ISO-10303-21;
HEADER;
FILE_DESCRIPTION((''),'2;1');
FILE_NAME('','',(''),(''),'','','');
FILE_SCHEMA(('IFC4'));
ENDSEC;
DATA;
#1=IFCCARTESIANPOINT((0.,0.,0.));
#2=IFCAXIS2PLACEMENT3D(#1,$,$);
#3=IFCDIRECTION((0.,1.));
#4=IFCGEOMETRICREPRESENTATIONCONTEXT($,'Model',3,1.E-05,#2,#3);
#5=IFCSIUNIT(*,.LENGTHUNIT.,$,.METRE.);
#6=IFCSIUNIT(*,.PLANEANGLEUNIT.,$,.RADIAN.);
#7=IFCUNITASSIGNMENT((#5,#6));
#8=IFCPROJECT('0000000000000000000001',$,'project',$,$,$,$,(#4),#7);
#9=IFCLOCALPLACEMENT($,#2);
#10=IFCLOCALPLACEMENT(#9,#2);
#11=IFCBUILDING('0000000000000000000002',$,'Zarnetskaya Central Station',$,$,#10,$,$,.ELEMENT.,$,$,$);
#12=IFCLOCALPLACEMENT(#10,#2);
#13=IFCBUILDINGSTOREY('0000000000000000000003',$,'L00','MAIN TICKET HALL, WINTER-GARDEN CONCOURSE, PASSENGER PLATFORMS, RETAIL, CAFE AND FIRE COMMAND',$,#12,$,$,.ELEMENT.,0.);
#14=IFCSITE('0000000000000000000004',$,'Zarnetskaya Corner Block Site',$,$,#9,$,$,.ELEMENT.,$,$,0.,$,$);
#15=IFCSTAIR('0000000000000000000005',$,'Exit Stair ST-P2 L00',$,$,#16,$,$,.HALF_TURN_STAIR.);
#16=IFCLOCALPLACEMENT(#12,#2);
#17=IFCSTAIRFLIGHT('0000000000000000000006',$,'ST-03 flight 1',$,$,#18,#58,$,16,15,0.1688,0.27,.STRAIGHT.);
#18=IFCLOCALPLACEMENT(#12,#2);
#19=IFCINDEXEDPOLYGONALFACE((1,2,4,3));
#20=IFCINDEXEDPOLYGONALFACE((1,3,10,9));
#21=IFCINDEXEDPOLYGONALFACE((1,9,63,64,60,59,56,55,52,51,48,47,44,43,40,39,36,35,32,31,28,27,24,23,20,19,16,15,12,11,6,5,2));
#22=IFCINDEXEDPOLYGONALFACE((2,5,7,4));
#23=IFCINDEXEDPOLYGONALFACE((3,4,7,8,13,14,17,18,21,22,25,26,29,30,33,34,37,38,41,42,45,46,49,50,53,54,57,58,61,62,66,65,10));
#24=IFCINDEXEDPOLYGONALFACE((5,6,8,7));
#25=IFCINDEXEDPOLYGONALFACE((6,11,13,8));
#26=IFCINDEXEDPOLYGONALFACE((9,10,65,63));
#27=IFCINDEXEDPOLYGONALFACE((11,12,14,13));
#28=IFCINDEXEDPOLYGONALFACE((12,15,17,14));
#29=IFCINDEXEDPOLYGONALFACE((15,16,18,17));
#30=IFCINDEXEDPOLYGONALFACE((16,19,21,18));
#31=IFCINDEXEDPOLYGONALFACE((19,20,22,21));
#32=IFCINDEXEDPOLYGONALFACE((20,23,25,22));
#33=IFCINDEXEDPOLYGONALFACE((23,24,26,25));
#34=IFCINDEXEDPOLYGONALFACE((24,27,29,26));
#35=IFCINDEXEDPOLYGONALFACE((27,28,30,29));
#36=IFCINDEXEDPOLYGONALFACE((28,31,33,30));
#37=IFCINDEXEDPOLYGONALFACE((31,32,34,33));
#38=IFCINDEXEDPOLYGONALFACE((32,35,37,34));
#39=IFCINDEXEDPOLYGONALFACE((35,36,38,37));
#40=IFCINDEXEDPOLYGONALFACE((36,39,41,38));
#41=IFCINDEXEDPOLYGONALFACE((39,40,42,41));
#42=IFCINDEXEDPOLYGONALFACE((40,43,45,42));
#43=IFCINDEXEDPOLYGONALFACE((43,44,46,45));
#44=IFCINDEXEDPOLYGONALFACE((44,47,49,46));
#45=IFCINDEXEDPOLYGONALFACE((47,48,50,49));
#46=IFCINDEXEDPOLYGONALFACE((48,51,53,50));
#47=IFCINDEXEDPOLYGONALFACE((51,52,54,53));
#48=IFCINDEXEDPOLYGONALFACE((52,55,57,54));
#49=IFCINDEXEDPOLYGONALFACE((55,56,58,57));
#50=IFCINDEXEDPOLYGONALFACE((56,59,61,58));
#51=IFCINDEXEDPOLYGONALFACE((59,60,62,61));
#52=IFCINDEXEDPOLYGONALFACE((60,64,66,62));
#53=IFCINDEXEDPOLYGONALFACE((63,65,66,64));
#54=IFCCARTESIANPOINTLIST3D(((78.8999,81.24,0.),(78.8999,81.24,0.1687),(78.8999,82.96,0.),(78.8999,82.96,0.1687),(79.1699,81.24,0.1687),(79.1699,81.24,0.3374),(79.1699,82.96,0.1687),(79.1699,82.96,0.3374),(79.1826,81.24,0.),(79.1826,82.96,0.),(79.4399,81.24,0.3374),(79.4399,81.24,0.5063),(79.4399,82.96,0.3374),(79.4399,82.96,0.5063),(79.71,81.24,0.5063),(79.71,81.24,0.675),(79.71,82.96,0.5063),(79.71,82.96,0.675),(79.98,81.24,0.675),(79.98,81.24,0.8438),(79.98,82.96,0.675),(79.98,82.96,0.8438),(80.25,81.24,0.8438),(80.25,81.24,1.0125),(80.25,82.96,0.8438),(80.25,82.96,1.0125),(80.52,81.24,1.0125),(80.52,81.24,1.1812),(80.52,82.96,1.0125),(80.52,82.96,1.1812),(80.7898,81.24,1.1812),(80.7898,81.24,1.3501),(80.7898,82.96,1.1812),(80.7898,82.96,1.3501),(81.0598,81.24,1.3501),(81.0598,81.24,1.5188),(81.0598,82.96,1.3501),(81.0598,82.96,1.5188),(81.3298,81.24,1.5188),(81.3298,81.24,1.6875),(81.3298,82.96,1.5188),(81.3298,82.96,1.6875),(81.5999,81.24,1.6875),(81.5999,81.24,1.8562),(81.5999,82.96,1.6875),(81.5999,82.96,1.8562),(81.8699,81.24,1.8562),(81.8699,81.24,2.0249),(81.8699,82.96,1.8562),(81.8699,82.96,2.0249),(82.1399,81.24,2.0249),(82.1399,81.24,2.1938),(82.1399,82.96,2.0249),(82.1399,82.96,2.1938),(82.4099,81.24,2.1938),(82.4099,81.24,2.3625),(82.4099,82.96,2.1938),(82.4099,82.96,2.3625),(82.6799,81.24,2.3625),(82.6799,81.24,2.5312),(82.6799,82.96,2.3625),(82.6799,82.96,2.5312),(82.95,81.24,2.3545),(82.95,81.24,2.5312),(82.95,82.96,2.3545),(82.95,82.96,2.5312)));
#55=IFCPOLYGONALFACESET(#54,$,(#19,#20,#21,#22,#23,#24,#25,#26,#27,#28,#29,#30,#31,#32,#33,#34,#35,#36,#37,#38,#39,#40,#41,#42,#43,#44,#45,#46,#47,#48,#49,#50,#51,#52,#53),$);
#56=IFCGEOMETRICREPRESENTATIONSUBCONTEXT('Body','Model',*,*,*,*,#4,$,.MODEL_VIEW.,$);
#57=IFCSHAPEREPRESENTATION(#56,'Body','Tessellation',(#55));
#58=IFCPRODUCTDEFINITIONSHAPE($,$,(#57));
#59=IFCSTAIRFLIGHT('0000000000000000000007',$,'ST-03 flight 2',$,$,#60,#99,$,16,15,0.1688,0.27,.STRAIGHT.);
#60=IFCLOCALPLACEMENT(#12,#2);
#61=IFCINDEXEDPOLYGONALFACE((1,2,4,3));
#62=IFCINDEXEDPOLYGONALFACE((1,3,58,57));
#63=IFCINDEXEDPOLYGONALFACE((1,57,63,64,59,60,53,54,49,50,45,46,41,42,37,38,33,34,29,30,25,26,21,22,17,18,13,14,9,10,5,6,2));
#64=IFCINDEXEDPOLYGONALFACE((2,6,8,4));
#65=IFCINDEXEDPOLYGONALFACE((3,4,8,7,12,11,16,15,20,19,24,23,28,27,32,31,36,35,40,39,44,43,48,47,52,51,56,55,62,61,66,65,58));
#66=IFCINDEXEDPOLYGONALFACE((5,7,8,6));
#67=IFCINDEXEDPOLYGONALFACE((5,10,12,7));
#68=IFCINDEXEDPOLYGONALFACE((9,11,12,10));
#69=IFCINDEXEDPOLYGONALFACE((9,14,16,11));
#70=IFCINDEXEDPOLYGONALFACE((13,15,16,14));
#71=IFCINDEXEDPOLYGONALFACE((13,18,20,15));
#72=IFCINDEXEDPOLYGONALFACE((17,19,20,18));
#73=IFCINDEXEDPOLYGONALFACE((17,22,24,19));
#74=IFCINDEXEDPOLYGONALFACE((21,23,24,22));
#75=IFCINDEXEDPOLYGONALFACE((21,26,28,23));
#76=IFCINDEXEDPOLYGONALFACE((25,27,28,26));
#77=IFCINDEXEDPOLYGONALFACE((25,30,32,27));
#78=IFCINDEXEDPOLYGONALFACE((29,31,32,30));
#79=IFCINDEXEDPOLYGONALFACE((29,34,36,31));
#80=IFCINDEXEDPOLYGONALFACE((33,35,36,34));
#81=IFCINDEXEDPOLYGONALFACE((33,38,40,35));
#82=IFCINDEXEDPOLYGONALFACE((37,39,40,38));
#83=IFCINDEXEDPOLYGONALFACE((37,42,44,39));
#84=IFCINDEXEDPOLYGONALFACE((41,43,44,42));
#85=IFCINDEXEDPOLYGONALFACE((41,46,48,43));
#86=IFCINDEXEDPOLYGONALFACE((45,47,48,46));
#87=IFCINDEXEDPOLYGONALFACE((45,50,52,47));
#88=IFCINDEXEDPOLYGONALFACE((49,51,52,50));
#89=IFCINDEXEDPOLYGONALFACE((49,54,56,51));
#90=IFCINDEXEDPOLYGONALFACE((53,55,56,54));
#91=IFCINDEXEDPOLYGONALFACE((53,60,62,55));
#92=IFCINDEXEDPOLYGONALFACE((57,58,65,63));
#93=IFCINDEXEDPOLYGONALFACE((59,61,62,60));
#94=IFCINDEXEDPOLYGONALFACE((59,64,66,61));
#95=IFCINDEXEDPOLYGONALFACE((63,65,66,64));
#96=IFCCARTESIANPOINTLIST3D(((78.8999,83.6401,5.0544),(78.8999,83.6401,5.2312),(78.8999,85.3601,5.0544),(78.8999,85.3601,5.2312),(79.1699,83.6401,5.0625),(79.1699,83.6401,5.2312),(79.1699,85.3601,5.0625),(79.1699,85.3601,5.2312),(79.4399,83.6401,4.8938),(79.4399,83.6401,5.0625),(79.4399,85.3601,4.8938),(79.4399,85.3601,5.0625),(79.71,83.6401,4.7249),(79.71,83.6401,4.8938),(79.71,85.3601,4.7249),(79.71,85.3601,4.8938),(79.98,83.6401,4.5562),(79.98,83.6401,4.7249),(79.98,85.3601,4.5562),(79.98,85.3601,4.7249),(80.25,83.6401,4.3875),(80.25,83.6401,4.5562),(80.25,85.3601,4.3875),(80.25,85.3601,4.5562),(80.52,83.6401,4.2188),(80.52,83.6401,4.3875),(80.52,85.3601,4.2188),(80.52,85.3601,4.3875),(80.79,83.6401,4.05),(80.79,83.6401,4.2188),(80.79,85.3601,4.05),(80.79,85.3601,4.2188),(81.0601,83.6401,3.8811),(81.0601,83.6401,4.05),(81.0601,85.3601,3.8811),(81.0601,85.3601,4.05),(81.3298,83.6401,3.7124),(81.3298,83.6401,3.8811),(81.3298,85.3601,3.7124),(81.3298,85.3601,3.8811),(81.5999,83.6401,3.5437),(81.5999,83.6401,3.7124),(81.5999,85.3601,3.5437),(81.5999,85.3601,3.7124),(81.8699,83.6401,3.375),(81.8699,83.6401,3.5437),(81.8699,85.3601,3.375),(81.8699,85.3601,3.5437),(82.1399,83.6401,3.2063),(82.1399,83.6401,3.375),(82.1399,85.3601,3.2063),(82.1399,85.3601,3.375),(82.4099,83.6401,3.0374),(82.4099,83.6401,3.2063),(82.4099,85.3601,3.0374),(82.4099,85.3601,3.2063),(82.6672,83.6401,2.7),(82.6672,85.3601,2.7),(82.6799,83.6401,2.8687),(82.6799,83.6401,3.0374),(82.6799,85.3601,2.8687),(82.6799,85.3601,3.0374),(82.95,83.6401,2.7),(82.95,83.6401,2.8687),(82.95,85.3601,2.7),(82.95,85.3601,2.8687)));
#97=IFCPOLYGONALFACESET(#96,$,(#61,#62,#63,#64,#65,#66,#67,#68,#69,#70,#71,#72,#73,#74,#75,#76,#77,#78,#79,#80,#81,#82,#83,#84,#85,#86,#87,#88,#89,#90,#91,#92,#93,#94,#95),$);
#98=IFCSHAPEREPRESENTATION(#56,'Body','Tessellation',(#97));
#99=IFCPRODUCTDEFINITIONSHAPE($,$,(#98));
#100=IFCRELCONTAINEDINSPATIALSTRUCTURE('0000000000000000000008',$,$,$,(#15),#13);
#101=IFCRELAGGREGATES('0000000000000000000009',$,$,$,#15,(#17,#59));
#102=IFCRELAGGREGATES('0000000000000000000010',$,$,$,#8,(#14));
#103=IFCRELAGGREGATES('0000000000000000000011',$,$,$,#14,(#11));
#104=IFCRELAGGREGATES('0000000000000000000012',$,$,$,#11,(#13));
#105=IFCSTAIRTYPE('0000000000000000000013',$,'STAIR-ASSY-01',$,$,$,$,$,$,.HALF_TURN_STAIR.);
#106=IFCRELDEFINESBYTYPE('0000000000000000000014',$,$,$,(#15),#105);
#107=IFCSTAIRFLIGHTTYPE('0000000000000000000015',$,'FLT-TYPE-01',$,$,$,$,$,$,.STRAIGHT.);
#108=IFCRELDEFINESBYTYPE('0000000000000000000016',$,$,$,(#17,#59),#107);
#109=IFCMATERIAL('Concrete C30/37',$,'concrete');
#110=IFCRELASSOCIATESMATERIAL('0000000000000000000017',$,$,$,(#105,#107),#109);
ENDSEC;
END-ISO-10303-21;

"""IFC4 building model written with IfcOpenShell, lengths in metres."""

from ifc_helpers import new_model, si_unit, direction, frame, origin, place, context, subcontext, project, spatial, polyline, outline, extrude, material, type_object, element, aggregate, save


model = new_model("IFC4")

# Units and contexts
model_context = context("Model", 3, precision=1e-05, world=origin(), true_north=direction((0.0, 1.0)))
body_context = subcontext(model_context, "Body", "Model", "MODEL_VIEW")
ifc_project = project(units=[si_unit("LENGTHUNIT", "METRE"), si_unit("PLANEANGLEUNIT", "RADIAN")], contexts=[model_context])

# Site, building, storey
site_placement = place(None, origin())
site = spatial("IfcSite", under=ifc_project, at=site_placement, Name="Zarnetskaya Corner Block Site", CompositionType="ELEMENT", RefElevation=0.0)
building_placement = place(site_placement, origin())
building = spatial("IfcBuilding", under=site, at=building_placement, Name="Zarnetskaya Central Station", CompositionType="ELEMENT")
storey_placement = place(building_placement, origin())
storey = spatial("IfcBuildingStorey", under=building, at=storey_placement, Name="L00", Description="MAIN TICKET HALL, WINTER-GARDEN CONCOURSE, PASSENGER PLATFORMS, RETAIL, CAFE AND FIRE COMMAND", CompositionType="ELEMENT", Elevation=0.0)

# Stair, stair flights
ifc_material_1 = material(Name="Concrete C30/37", Category="concrete")
stair_type = type_object("IfcStairType", Name="STAIR-ASSY-01", PredefinedType="HALF_TURN_STAIR", material=ifc_material_1)
stair_placement = place(storey_placement, origin())
stair = element("IfcStair", 1, at=stair_placement, inside=storey, type_object=stair_type, Name="Exit Stair ST-P2 L00", PredefinedType="HALF_TURN_STAIR")
stair_flight_type = type_object("IfcStairFlightType", Name="FLT-TYPE-01", PredefinedType="STRAIGHT", material=ifc_material_1)
stair_flight_1_placement = place(storey_placement, frame((78.8999, 82.1001, 0.0), z_axis=(0.0, 0.0, 1.0), x_axis=(1.0, 0.0, 0.0)))
stair_flight_1 = element("IfcStairFlight", 2, at=stair_flight_1_placement, type_object=stair_flight_type, Name="ST-03 flight 1", NumberOfRisers=16, NumberOfTreads=15, PredefinedType="STRAIGHT", RiserHeight=0.1688, TreadLength=0.27, context=body_context, shape_type="SweptSolid", body=[
    extrude(outline(polyline([(0.0, 0.0), (0.0, 0.1687), (0.27, 0.1687), (0.27, 0.3374), (0.54, 0.3374), (0.54, 0.5063), (0.8101, 0.5063), (0.8101, 0.675), (1.0801, 0.675), (1.0801, 0.8438), (1.3501, 0.8438), (1.3501, 1.0125), (1.6201, 1.0125), (1.6201, 1.1812), (1.8899, 1.1812), (1.8899, 1.3501), (2.1599, 1.3501), (2.1599, 1.5188), (2.4299, 1.5188), (2.4299, 1.6875), (2.7, 1.6875), (2.7, 1.8562), (2.97, 1.8562), (2.97, 2.0249), (3.24, 2.0249), (3.24, 2.1938), (3.51, 2.1938), (3.51, 2.3625), (3.78, 2.3625), (3.78, 2.5312), (4.05, 2.5312), (4.05, 2.7), (4.05, 2.3545), (0.2827, 0.0), (0.0, 0.0)])), frame((0.0, 0.8599, 0.0), z_axis=(0.0, -1.0, 0.0), x_axis=(1.0, 0.0, 0.0)), (0.0, 0.0, 1.0), 1.72),
])
stair_flight_2_placement = place(storey_placement, frame((82.95, 84.5, 2.7), z_axis=(0.0, 0.0, 1.0), x_axis=(-1.0, 0.0, 0.0)))
stair_flight_2 = element("IfcStairFlight", 3, at=stair_flight_2_placement, type_object=stair_flight_type, Name="ST-03 flight 2", NumberOfRisers=16, NumberOfTreads=15, PredefinedType="STRAIGHT", RiserHeight=0.1688, TreadLength=0.27, context=body_context, shape_type="SweptSolid", body=[
    extrude(outline(polyline([(0.0, 0.0), (0.0, 0.1687), (0.27, 0.1687), (0.27, 0.3374), (0.54, 0.3374), (0.54, 0.5063), (0.8101, 0.5063), (0.8101, 0.675), (1.0801, 0.675), (1.0801, 0.8438), (1.3501, 0.8438), (1.3501, 1.0125), (1.6201, 1.0125), (1.6201, 1.1812), (1.8899, 1.1812), (1.8899, 1.3501), (2.1599, 1.3501), (2.1599, 1.5188), (2.4299, 1.5188), (2.4299, 1.6875), (2.7, 1.6875), (2.7, 1.8562), (2.97, 1.8562), (2.97, 2.0249), (3.24, 2.0249), (3.24, 2.1938), (3.51, 2.1938), (3.51, 2.3625), (3.78, 2.3625), (3.78, 2.5312), (4.05, 2.5312), (4.05, 2.7), (4.05, 2.3545), (0.2827, 0.0), (0.0, 0.0)])), frame((0.0, 0.8599, 0.0), z_axis=(0.0, -1.0, 0.0), x_axis=(1.0, 0.0, 0.0)), (0.0, 0.0, 1.0), 1.72),
])
aggregate(stair, [stair_flight_1, stair_flight_2])

save(model, "model.ifc")
